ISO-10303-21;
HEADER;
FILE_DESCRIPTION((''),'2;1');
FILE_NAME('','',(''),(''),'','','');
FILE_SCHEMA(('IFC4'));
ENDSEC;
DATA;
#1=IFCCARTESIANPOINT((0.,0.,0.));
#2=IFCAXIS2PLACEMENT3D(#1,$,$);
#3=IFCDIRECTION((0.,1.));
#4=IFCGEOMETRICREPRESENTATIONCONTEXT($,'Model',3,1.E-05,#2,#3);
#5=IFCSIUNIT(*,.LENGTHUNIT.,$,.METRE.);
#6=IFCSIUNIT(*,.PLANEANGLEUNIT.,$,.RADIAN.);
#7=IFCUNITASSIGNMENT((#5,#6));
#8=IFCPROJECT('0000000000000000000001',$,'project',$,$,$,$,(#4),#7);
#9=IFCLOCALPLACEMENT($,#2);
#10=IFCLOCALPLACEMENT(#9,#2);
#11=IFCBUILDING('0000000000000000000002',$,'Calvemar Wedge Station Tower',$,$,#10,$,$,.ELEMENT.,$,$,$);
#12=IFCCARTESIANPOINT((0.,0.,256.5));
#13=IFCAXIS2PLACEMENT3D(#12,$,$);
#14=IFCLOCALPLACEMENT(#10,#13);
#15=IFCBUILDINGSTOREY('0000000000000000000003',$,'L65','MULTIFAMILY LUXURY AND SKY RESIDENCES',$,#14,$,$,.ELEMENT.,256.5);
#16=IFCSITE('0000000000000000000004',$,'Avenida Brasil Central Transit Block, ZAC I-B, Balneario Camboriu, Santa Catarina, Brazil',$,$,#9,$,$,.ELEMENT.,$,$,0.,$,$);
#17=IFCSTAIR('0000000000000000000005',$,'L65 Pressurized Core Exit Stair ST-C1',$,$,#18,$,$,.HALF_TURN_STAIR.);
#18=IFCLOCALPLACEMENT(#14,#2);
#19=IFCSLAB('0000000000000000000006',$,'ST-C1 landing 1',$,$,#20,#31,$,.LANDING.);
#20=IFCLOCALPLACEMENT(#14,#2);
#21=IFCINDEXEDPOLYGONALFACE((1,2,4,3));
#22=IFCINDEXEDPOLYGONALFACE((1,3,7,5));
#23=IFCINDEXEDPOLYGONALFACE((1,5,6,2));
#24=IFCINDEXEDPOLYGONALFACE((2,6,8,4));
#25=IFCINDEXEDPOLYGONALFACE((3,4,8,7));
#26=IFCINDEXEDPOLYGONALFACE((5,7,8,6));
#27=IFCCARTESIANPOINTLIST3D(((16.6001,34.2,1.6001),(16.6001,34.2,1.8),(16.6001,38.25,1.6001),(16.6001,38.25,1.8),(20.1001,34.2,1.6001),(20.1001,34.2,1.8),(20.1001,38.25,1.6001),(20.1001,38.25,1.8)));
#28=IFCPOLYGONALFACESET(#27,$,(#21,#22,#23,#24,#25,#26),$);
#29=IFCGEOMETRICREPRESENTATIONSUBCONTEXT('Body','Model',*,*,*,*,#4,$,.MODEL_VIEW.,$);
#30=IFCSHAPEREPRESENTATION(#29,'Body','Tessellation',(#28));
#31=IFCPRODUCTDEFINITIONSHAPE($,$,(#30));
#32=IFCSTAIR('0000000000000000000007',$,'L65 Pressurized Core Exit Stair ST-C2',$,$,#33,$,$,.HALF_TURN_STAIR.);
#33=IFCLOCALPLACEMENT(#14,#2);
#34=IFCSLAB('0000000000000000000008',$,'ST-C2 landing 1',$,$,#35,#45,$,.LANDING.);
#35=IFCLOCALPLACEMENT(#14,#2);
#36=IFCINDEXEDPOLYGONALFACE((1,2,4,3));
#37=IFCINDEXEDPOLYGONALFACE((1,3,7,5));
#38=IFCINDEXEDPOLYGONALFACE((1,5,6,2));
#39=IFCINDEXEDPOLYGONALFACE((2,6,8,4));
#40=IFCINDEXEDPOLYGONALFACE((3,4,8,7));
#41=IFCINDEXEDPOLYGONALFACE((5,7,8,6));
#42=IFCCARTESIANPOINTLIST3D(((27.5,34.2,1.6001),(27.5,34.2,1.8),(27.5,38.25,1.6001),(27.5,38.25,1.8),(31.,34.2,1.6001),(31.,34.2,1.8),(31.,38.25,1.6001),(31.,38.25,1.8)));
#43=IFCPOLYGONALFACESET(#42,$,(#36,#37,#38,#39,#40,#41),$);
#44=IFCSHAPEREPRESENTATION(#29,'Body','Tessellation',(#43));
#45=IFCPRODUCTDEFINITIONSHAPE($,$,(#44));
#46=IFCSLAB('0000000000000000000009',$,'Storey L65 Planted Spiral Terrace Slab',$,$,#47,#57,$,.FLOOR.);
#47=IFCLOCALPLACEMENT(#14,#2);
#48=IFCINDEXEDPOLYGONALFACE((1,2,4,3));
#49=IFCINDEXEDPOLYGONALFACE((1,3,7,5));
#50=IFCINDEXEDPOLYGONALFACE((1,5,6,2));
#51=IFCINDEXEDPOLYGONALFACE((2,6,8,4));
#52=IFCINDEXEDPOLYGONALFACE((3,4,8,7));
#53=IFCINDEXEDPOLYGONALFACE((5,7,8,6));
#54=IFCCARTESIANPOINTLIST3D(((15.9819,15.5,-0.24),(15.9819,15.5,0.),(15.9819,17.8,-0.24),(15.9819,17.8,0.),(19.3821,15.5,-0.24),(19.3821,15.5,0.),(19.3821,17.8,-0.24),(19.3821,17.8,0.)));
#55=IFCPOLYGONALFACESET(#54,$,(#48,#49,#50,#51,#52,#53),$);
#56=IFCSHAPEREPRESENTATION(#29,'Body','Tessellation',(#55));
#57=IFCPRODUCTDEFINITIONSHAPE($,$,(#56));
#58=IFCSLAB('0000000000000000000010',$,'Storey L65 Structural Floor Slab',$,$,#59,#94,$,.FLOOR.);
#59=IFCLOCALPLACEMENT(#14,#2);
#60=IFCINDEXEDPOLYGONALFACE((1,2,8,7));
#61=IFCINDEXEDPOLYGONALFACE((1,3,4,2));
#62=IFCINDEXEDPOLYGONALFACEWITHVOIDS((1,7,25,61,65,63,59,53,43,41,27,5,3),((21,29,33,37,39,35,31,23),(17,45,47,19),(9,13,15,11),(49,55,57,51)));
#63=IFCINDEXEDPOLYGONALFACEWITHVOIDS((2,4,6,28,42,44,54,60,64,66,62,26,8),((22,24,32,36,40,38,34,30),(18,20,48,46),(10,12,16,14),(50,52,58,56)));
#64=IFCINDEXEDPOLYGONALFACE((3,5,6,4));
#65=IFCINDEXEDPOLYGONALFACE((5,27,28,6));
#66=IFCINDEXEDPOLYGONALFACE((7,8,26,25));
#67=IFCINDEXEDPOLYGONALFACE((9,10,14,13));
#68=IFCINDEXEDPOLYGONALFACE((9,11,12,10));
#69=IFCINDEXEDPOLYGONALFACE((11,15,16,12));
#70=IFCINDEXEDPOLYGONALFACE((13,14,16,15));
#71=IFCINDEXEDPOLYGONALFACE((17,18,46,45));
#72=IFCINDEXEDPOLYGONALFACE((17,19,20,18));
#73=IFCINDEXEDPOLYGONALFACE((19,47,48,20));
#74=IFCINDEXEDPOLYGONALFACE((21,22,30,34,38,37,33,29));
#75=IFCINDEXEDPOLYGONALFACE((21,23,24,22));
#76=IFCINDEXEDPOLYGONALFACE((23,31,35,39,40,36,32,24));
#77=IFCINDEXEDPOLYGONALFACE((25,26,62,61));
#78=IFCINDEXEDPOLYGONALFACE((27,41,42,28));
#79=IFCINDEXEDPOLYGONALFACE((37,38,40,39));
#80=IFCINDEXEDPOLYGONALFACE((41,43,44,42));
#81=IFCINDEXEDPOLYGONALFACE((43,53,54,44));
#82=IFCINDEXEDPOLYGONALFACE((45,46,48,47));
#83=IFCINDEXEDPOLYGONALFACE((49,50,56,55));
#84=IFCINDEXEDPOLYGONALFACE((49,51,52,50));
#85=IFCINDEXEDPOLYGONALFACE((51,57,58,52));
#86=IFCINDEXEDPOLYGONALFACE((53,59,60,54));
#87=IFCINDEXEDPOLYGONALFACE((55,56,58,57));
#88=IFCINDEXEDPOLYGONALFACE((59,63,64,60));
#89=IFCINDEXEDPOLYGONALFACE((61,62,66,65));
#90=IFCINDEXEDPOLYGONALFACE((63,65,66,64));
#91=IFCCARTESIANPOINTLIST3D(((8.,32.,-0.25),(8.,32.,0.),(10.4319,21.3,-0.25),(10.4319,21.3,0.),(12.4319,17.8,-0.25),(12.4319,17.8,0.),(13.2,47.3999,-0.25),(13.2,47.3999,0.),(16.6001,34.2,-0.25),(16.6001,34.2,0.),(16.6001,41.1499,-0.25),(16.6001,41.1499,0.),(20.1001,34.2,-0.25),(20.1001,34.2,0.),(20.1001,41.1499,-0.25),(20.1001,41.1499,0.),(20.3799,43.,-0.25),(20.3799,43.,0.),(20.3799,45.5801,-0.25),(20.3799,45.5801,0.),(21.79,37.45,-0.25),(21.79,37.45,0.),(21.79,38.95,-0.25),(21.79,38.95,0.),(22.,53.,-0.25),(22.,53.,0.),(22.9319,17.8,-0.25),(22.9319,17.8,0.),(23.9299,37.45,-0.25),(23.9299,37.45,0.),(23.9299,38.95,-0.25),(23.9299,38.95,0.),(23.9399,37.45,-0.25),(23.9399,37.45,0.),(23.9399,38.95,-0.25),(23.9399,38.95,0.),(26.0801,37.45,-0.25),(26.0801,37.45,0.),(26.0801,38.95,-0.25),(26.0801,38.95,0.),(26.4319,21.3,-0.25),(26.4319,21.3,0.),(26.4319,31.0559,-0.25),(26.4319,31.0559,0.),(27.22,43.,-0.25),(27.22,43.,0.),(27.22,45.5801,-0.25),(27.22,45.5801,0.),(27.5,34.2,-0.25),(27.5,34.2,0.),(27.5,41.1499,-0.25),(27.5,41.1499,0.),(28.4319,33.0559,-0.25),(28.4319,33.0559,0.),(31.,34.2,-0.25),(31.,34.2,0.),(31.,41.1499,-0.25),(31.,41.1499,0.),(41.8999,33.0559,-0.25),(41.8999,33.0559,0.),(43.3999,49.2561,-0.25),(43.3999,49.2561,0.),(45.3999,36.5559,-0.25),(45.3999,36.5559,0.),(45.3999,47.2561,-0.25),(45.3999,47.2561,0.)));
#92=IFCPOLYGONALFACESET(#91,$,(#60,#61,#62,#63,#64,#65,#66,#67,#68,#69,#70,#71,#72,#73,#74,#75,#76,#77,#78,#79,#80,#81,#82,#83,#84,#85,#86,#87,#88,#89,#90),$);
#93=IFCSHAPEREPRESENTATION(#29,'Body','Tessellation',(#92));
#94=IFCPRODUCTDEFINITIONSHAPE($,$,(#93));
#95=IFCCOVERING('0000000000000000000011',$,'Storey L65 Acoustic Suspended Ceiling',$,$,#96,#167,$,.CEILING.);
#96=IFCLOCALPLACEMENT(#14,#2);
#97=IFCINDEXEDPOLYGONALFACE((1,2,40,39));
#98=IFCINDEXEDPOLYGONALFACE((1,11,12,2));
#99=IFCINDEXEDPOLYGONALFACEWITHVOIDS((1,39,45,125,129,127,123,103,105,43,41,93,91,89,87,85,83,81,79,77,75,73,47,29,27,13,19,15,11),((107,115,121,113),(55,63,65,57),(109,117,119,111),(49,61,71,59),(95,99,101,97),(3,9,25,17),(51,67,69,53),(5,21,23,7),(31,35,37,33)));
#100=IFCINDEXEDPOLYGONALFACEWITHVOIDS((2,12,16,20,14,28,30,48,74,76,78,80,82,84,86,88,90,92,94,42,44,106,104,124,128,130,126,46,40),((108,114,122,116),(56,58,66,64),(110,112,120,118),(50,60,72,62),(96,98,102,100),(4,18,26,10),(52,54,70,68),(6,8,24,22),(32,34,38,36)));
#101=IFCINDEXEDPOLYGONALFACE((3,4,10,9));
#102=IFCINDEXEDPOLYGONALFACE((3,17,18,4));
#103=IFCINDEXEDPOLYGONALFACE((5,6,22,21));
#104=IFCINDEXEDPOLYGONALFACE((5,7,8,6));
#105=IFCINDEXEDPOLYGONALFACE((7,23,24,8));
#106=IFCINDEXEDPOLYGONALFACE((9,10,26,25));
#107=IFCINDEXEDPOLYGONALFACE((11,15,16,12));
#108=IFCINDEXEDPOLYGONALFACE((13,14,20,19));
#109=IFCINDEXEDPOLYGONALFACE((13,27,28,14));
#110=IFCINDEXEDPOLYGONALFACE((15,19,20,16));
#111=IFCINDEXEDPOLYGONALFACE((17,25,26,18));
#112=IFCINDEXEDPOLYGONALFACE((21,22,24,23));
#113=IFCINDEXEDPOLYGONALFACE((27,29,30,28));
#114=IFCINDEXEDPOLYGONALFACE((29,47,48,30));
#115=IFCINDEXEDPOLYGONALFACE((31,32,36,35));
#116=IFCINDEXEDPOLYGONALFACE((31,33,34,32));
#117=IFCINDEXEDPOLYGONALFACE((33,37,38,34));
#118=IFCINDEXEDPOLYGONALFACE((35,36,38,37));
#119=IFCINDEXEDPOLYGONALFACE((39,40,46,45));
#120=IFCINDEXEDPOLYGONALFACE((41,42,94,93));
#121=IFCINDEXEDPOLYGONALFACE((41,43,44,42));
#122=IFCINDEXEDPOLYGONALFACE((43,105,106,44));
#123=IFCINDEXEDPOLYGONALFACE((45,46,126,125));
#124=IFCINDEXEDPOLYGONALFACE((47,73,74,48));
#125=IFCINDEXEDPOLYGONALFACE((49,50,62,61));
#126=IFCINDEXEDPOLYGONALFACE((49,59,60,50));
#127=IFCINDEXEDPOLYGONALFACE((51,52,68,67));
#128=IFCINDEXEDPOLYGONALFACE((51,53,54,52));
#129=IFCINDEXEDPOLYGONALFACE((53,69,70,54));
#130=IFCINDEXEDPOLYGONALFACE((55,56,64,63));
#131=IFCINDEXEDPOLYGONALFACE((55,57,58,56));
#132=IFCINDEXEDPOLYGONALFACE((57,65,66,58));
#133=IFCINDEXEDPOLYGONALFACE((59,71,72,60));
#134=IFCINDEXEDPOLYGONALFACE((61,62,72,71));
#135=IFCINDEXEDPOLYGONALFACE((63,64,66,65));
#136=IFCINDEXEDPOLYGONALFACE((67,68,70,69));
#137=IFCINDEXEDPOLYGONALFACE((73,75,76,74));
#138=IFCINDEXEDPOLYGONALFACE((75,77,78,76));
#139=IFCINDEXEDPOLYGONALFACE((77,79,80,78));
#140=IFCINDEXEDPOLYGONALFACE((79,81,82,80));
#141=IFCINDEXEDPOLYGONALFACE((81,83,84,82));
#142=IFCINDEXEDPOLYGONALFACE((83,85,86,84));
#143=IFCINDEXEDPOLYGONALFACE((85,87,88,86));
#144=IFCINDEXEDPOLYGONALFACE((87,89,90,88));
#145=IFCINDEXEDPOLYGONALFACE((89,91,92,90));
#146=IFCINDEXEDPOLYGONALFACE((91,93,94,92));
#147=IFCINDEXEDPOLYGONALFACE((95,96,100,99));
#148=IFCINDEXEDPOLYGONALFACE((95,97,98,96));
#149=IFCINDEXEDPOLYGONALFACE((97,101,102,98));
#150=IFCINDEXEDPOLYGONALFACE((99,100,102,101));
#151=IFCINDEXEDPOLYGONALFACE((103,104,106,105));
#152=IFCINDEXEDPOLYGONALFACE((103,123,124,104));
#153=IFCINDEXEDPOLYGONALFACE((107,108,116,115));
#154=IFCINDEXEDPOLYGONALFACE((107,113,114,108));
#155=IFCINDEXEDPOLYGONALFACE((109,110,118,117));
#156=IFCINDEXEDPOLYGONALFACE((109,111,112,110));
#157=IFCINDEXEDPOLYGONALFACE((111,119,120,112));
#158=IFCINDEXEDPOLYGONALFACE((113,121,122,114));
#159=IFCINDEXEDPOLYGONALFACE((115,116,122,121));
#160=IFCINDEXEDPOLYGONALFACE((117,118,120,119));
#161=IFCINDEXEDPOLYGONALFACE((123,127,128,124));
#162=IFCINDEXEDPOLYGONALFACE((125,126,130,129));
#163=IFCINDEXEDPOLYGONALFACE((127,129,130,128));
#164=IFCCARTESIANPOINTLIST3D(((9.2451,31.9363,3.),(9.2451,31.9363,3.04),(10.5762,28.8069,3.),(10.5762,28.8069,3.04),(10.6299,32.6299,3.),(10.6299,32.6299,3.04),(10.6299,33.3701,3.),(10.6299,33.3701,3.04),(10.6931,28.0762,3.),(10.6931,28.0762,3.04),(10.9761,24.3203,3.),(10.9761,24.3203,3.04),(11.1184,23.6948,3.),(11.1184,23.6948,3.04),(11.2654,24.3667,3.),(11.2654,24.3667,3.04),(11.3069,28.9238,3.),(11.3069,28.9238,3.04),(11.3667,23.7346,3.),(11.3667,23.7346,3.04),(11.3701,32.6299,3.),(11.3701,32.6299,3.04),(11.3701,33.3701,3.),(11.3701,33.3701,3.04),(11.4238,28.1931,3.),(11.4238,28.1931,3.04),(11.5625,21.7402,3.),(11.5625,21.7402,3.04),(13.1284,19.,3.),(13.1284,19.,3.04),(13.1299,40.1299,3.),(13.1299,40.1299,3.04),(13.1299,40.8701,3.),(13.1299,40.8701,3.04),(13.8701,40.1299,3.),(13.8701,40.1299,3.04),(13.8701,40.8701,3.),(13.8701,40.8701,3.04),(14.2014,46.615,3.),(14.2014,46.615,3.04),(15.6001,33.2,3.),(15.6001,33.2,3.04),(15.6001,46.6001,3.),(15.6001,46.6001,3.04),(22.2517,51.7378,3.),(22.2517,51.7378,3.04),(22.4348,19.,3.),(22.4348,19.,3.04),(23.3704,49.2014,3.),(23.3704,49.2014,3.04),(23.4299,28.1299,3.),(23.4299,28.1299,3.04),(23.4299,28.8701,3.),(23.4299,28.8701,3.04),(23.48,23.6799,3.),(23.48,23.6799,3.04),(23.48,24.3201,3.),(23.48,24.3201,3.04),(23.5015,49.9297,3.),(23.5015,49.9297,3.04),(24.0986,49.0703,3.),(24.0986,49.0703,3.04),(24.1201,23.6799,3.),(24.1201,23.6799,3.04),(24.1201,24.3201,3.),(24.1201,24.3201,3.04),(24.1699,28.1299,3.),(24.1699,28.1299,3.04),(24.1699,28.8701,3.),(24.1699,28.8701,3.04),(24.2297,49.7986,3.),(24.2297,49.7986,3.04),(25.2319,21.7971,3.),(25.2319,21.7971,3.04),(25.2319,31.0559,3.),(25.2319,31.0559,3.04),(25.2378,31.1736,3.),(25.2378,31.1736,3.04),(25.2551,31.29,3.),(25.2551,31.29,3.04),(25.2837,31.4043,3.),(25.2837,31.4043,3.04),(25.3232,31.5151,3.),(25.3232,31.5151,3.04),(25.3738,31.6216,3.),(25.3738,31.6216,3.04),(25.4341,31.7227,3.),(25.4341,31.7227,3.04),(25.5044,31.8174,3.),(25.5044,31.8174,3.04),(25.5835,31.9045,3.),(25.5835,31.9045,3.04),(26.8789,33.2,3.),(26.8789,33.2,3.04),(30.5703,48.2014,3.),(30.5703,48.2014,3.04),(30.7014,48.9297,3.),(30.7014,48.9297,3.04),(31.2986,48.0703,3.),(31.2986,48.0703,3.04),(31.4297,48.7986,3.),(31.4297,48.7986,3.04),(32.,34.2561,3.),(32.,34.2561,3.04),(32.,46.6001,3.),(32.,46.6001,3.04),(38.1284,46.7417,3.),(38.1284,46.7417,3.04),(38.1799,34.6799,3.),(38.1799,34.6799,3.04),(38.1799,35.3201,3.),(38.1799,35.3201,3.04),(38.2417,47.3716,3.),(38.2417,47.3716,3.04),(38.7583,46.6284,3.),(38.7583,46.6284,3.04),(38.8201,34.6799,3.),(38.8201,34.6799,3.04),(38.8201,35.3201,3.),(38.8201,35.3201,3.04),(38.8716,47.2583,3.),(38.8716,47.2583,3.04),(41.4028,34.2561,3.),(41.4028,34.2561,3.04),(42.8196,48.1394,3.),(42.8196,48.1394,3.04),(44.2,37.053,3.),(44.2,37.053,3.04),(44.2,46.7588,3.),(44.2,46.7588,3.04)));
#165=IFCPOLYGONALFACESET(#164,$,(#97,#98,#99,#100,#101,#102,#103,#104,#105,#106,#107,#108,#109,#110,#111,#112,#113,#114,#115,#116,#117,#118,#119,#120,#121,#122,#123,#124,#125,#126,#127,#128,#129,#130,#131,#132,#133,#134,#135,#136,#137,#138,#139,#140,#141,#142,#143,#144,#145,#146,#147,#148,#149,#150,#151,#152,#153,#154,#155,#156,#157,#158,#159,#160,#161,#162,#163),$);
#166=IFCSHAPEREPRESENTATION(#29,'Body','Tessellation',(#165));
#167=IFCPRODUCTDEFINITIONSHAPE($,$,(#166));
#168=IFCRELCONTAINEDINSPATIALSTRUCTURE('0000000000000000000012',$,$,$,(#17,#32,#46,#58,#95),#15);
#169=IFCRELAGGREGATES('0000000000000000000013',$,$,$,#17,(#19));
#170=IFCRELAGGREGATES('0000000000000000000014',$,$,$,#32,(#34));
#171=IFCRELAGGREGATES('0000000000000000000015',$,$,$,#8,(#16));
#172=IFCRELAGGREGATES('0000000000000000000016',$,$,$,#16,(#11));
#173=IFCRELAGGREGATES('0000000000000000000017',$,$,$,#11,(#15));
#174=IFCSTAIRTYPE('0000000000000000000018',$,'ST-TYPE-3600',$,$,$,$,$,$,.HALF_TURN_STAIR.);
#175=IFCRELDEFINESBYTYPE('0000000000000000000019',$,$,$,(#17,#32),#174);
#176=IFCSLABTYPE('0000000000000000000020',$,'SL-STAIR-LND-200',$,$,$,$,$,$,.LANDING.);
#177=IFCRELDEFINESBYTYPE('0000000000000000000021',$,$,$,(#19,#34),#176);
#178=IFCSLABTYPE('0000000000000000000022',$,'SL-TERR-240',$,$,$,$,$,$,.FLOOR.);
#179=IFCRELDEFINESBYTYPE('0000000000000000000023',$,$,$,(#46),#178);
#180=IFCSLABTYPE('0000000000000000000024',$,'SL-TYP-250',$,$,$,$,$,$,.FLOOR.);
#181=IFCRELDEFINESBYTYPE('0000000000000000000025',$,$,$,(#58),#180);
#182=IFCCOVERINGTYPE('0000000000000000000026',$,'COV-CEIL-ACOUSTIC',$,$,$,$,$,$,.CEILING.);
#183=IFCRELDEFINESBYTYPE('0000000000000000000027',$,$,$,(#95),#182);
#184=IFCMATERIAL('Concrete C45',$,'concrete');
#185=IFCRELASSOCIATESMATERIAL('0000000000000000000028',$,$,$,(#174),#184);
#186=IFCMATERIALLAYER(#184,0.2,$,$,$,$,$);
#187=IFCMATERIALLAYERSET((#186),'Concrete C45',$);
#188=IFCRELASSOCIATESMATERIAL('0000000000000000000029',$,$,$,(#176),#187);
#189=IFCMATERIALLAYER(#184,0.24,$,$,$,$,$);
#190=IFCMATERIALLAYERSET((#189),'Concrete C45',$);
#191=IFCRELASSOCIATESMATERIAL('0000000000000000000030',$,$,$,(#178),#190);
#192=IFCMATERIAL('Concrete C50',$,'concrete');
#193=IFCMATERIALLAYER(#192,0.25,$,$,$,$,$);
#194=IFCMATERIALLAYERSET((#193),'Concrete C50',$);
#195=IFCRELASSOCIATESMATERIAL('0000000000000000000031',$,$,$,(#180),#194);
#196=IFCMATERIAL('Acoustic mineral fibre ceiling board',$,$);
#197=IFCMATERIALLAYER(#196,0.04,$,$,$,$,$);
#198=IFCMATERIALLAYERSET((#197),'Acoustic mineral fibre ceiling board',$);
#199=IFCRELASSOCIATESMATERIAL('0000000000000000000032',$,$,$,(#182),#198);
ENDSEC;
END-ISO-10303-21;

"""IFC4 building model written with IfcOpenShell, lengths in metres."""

from ifc_helpers import new_model, si_unit, direction, frame, origin, place, context, subcontext, project, spatial, polyline, outline, extrude, material, layer, layer_set, type_object, element, aggregate, save


model = new_model("IFC4")

# Units and contexts
model_context = context("Model", 3, precision=1e-05, world=origin(), true_north=direction((0.0, 1.0)))
body_context = subcontext(model_context, "Body", "Model", "MODEL_VIEW")
ifc_project = project(units=[si_unit("LENGTHUNIT", "METRE"), si_unit("PLANEANGLEUNIT", "RADIAN")], contexts=[model_context])

# Site, building, storey
site_placement = place(None, origin())
site = spatial("IfcSite", under=ifc_project, at=site_placement, Name="Avenida Brasil Central Transit Block, ZAC I-B, Balneario Camboriu, Santa Catarina, Brazil", CompositionType="ELEMENT", RefElevation=0.0)
building_placement = place(site_placement, origin())
building = spatial("IfcBuilding", under=site, at=building_placement, Name="Calvemar Wedge Station Tower", CompositionType="ELEMENT")
storey_placement = place(building_placement, frame((0.0, 0.0, 256.5)))
storey = spatial("IfcBuildingStorey", under=building, at=storey_placement, Name="L65", Description="MULTIFAMILY LUXURY AND SKY RESIDENCES", CompositionType="ELEMENT", Elevation=256.5)

# Stairs, slabs
ifc_material_1 = material(Name="Concrete C45", Category="concrete")
stair_type = type_object("IfcStairType", Name="ST-TYPE-3600", PredefinedType="HALF_TURN_STAIR", material=ifc_material_1)
stair_1_placement = place(storey_placement, origin())
stair_1 = element("IfcStair", 1, at=stair_1_placement, inside=storey, type_object=stair_type, Name="L65 Pressurized Core Exit Stair ST-C1", PredefinedType="HALF_TURN_STAIR")
ifc_layer_1 = layer(ifc_material_1, 0.2)
ifc_layer_set_1 = layer_set([ifc_layer_1], Name="Concrete C45")
slab_type_1 = type_object("IfcSlabType", Name="SL-STAIR-LND-200", PredefinedType="LANDING", material=ifc_layer_set_1)
slab_1_placement = place(storey_placement, frame((0.0, 0.0, 1.6001)))
slab_1 = element("IfcSlab", 2, at=slab_1_placement, type_object=slab_type_1, Name="ST-C1 landing 1", PredefinedType="LANDING", context=body_context, shape_type="SweptSolid", body=[
    extrude(outline(polyline([(16.6001, 38.25), (16.6001, 34.2), (20.1001, 34.2), (20.1001, 38.25), (16.6001, 38.25)])), origin(), (0.0, 0.0, 1.0), 0.2),
])
aggregate(stair_1, [slab_1])
stair_2_placement = place(storey_placement, origin())
stair_2 = element("IfcStair", 3, at=stair_2_placement, inside=storey, type_object=stair_type, Name="L65 Pressurized Core Exit Stair ST-C2", PredefinedType="HALF_TURN_STAIR")
slab_2_placement = place(storey_placement, frame((0.0, 0.0, 1.6001)))
slab_2 = element("IfcSlab", 4, at=slab_2_placement, type_object=slab_type_1, Name="ST-C2 landing 1", PredefinedType="LANDING", context=body_context, shape_type="SweptSolid", body=[
    extrude(outline(polyline([(27.5, 38.25), (27.5, 34.2), (31.0, 34.2), (31.0, 38.25), (27.5, 38.25)])), origin(), (0.0, 0.0, 1.0), 0.2),
])
aggregate(stair_2, [slab_2])

# Slabs
ifc_layer_2 = layer(ifc_material_1, 0.24)
ifc_layer_set_2 = layer_set([ifc_layer_2], Name="Concrete C45")
slab_type_2 = type_object("IfcSlabType", Name="SL-TERR-240", PredefinedType="FLOOR", material=ifc_layer_set_2)
slab_3_placement = place(storey_placement, frame((0.0, 0.0, -0.24)))
element("IfcSlab", 5, at=slab_3_placement, inside=storey, type_object=slab_type_2, Name="Storey L65 Planted Spiral Terrace Slab", PredefinedType="FLOOR", context=body_context, shape_type="SweptSolid", body=[
    extrude(outline(polyline([(15.9819, 17.8), (15.9819, 15.5), (19.3821, 15.5), (19.3821, 17.8), (15.9819, 17.8)])), origin(), (0.0, 0.0, 1.0), 0.24),
])
ifc_material_2 = material(Name="Concrete C50", Category="concrete")
ifc_layer_3 = layer(ifc_material_2, 0.25)
ifc_layer_set_3 = layer_set([ifc_layer_3], Name="Concrete C50")
slab_type_3 = type_object("IfcSlabType", Name="SL-TYP-250", PredefinedType="FLOOR", material=ifc_layer_set_3)
slab_4_placement = place(storey_placement, frame((0.0, 0.0, -0.25)))
element("IfcSlab", 6, at=slab_4_placement, inside=storey, type_object=slab_type_3, Name="Storey L65 Structural Floor Slab", PredefinedType="FLOOR", context=body_context, shape_type="SweptSolid", body=[
    extrude(outline(polyline([(8.0, 32.0), (10.4319, 21.3), (12.4319, 17.8), (22.9319, 17.8), (26.4319, 21.3), (26.4319, 31.0559), (28.4319, 33.0559), (41.8999, 33.0559), (45.3999, 36.5559), (45.3999, 47.2561), (43.3999, 49.2561), (22.0, 53.0), (13.2, 47.3999), (8.0, 32.0)]), holes=[polyline([(20.1001, 34.2), (20.1001, 41.1499), (16.6001, 41.1499), (16.6001, 34.2), (20.1001, 34.2)]), polyline([(31.0, 34.2), (31.0, 41.1499), (27.5, 41.1499), (27.5, 34.2), (31.0, 34.2)]), polyline([(23.9299, 38.95), (21.79, 38.95), (21.79, 37.45), (23.9299, 37.45), (23.9399, 37.45), (26.0801, 37.45), (26.0801, 38.95), (23.9399, 38.95), (23.9299, 38.95)]), polyline([(27.22, 43.0), (27.22, 45.5801), (20.3799, 45.5801), (20.3799, 43.0), (27.22, 43.0)])]), origin(), (0.0, 0.0, 1.0), 0.25),
])

# Covering
ifc_material_3 = material(Name="Acoustic mineral fibre ceiling board")
ifc_layer_4 = layer(ifc_material_3, 0.04)
ifc_layer_set_4 = layer_set([ifc_layer_4], Name="Acoustic mineral fibre ceiling board")
covering_type_1 = type_object("IfcCoveringType", Name="COV-CEIL-ACOUSTIC", PredefinedType="CEILING", material=ifc_layer_set_4)
covering_1_placement = place(storey_placement, frame((0.0, 0.0, 3.0)))
element("IfcCovering", 7, at=covering_1_placement, inside=storey, type_object=covering_type_1, Name="Storey L65 Acoustic Suspended Ceiling", PredefinedType="CEILING", context=body_context, shape_type="SweptSolid", body=[
    extrude(outline(polyline([(15.6001, 33.2), (15.6001, 46.6001), (32.0, 46.6001), (32.0, 34.2561), (41.4028, 34.2561), (44.2, 37.053), (44.2, 46.7588), (42.8196, 48.1394), (22.2517, 51.7378), (14.2014, 46.615), (9.2451, 31.9363), (10.9761, 24.3203), (11.2654, 24.3667), (11.3667, 23.7346), (11.1184, 23.6948), (11.5625, 21.7402), (13.1284, 19.0), (22.4348, 19.0), (25.2319, 21.7971), (25.2319, 31.0559), (25.2378, 31.1736), (25.2551, 31.29), (25.2837, 31.4043), (25.3232, 31.5151), (25.3738, 31.6216), (25.4341, 31.7227), (25.5044, 31.8174), (25.5835, 31.9045), (26.8789, 33.2), (15.6001, 33.2)]), holes=[polyline([(11.3701, 33.3701), (11.3701, 32.6299), (10.6299, 32.6299), (10.6299, 33.3701), (11.3701, 33.3701)]), polyline([(13.8701, 40.1299), (13.1299, 40.1299), (13.1299, 40.8701), (13.8701, 40.8701), (13.8701, 40.1299)]), polyline([(23.3704, 49.2014), (23.5015, 49.9297), (24.2297, 49.7986), (24.0986, 49.0703), (23.3704, 49.2014)]), polyline([(30.7014, 48.9297), (31.4297, 48.7986), (31.2986, 48.0703), (30.5703, 48.2014), (30.7014, 48.9297)]), polyline([(38.8716, 47.2583), (38.7583, 46.6284), (38.1284, 46.7417), (38.2417, 47.3716), (38.8716, 47.2583)]), polyline([(38.8201, 34.6799), (38.1799, 34.6799), (38.1799, 35.3201), (38.8201, 35.3201), (38.8201, 34.6799)]), polyline([(10.5762, 28.8069), (11.3069, 28.9238), (11.4238, 28.1931), (10.6931, 28.0762), (10.5762, 28.8069)]), polyline([(24.1699, 28.8701), (24.1699, 28.1299), (23.4299, 28.1299), (23.4299, 28.8701), (24.1699, 28.8701)]), polyline([(24.1201, 23.6799), (23.48, 23.6799), (23.48, 24.3201), (24.1201, 24.3201), (24.1201, 23.6799)])]), origin(), (0.0, 0.0, 1.0), 0.04),
])

save(model, "model.ifc")
